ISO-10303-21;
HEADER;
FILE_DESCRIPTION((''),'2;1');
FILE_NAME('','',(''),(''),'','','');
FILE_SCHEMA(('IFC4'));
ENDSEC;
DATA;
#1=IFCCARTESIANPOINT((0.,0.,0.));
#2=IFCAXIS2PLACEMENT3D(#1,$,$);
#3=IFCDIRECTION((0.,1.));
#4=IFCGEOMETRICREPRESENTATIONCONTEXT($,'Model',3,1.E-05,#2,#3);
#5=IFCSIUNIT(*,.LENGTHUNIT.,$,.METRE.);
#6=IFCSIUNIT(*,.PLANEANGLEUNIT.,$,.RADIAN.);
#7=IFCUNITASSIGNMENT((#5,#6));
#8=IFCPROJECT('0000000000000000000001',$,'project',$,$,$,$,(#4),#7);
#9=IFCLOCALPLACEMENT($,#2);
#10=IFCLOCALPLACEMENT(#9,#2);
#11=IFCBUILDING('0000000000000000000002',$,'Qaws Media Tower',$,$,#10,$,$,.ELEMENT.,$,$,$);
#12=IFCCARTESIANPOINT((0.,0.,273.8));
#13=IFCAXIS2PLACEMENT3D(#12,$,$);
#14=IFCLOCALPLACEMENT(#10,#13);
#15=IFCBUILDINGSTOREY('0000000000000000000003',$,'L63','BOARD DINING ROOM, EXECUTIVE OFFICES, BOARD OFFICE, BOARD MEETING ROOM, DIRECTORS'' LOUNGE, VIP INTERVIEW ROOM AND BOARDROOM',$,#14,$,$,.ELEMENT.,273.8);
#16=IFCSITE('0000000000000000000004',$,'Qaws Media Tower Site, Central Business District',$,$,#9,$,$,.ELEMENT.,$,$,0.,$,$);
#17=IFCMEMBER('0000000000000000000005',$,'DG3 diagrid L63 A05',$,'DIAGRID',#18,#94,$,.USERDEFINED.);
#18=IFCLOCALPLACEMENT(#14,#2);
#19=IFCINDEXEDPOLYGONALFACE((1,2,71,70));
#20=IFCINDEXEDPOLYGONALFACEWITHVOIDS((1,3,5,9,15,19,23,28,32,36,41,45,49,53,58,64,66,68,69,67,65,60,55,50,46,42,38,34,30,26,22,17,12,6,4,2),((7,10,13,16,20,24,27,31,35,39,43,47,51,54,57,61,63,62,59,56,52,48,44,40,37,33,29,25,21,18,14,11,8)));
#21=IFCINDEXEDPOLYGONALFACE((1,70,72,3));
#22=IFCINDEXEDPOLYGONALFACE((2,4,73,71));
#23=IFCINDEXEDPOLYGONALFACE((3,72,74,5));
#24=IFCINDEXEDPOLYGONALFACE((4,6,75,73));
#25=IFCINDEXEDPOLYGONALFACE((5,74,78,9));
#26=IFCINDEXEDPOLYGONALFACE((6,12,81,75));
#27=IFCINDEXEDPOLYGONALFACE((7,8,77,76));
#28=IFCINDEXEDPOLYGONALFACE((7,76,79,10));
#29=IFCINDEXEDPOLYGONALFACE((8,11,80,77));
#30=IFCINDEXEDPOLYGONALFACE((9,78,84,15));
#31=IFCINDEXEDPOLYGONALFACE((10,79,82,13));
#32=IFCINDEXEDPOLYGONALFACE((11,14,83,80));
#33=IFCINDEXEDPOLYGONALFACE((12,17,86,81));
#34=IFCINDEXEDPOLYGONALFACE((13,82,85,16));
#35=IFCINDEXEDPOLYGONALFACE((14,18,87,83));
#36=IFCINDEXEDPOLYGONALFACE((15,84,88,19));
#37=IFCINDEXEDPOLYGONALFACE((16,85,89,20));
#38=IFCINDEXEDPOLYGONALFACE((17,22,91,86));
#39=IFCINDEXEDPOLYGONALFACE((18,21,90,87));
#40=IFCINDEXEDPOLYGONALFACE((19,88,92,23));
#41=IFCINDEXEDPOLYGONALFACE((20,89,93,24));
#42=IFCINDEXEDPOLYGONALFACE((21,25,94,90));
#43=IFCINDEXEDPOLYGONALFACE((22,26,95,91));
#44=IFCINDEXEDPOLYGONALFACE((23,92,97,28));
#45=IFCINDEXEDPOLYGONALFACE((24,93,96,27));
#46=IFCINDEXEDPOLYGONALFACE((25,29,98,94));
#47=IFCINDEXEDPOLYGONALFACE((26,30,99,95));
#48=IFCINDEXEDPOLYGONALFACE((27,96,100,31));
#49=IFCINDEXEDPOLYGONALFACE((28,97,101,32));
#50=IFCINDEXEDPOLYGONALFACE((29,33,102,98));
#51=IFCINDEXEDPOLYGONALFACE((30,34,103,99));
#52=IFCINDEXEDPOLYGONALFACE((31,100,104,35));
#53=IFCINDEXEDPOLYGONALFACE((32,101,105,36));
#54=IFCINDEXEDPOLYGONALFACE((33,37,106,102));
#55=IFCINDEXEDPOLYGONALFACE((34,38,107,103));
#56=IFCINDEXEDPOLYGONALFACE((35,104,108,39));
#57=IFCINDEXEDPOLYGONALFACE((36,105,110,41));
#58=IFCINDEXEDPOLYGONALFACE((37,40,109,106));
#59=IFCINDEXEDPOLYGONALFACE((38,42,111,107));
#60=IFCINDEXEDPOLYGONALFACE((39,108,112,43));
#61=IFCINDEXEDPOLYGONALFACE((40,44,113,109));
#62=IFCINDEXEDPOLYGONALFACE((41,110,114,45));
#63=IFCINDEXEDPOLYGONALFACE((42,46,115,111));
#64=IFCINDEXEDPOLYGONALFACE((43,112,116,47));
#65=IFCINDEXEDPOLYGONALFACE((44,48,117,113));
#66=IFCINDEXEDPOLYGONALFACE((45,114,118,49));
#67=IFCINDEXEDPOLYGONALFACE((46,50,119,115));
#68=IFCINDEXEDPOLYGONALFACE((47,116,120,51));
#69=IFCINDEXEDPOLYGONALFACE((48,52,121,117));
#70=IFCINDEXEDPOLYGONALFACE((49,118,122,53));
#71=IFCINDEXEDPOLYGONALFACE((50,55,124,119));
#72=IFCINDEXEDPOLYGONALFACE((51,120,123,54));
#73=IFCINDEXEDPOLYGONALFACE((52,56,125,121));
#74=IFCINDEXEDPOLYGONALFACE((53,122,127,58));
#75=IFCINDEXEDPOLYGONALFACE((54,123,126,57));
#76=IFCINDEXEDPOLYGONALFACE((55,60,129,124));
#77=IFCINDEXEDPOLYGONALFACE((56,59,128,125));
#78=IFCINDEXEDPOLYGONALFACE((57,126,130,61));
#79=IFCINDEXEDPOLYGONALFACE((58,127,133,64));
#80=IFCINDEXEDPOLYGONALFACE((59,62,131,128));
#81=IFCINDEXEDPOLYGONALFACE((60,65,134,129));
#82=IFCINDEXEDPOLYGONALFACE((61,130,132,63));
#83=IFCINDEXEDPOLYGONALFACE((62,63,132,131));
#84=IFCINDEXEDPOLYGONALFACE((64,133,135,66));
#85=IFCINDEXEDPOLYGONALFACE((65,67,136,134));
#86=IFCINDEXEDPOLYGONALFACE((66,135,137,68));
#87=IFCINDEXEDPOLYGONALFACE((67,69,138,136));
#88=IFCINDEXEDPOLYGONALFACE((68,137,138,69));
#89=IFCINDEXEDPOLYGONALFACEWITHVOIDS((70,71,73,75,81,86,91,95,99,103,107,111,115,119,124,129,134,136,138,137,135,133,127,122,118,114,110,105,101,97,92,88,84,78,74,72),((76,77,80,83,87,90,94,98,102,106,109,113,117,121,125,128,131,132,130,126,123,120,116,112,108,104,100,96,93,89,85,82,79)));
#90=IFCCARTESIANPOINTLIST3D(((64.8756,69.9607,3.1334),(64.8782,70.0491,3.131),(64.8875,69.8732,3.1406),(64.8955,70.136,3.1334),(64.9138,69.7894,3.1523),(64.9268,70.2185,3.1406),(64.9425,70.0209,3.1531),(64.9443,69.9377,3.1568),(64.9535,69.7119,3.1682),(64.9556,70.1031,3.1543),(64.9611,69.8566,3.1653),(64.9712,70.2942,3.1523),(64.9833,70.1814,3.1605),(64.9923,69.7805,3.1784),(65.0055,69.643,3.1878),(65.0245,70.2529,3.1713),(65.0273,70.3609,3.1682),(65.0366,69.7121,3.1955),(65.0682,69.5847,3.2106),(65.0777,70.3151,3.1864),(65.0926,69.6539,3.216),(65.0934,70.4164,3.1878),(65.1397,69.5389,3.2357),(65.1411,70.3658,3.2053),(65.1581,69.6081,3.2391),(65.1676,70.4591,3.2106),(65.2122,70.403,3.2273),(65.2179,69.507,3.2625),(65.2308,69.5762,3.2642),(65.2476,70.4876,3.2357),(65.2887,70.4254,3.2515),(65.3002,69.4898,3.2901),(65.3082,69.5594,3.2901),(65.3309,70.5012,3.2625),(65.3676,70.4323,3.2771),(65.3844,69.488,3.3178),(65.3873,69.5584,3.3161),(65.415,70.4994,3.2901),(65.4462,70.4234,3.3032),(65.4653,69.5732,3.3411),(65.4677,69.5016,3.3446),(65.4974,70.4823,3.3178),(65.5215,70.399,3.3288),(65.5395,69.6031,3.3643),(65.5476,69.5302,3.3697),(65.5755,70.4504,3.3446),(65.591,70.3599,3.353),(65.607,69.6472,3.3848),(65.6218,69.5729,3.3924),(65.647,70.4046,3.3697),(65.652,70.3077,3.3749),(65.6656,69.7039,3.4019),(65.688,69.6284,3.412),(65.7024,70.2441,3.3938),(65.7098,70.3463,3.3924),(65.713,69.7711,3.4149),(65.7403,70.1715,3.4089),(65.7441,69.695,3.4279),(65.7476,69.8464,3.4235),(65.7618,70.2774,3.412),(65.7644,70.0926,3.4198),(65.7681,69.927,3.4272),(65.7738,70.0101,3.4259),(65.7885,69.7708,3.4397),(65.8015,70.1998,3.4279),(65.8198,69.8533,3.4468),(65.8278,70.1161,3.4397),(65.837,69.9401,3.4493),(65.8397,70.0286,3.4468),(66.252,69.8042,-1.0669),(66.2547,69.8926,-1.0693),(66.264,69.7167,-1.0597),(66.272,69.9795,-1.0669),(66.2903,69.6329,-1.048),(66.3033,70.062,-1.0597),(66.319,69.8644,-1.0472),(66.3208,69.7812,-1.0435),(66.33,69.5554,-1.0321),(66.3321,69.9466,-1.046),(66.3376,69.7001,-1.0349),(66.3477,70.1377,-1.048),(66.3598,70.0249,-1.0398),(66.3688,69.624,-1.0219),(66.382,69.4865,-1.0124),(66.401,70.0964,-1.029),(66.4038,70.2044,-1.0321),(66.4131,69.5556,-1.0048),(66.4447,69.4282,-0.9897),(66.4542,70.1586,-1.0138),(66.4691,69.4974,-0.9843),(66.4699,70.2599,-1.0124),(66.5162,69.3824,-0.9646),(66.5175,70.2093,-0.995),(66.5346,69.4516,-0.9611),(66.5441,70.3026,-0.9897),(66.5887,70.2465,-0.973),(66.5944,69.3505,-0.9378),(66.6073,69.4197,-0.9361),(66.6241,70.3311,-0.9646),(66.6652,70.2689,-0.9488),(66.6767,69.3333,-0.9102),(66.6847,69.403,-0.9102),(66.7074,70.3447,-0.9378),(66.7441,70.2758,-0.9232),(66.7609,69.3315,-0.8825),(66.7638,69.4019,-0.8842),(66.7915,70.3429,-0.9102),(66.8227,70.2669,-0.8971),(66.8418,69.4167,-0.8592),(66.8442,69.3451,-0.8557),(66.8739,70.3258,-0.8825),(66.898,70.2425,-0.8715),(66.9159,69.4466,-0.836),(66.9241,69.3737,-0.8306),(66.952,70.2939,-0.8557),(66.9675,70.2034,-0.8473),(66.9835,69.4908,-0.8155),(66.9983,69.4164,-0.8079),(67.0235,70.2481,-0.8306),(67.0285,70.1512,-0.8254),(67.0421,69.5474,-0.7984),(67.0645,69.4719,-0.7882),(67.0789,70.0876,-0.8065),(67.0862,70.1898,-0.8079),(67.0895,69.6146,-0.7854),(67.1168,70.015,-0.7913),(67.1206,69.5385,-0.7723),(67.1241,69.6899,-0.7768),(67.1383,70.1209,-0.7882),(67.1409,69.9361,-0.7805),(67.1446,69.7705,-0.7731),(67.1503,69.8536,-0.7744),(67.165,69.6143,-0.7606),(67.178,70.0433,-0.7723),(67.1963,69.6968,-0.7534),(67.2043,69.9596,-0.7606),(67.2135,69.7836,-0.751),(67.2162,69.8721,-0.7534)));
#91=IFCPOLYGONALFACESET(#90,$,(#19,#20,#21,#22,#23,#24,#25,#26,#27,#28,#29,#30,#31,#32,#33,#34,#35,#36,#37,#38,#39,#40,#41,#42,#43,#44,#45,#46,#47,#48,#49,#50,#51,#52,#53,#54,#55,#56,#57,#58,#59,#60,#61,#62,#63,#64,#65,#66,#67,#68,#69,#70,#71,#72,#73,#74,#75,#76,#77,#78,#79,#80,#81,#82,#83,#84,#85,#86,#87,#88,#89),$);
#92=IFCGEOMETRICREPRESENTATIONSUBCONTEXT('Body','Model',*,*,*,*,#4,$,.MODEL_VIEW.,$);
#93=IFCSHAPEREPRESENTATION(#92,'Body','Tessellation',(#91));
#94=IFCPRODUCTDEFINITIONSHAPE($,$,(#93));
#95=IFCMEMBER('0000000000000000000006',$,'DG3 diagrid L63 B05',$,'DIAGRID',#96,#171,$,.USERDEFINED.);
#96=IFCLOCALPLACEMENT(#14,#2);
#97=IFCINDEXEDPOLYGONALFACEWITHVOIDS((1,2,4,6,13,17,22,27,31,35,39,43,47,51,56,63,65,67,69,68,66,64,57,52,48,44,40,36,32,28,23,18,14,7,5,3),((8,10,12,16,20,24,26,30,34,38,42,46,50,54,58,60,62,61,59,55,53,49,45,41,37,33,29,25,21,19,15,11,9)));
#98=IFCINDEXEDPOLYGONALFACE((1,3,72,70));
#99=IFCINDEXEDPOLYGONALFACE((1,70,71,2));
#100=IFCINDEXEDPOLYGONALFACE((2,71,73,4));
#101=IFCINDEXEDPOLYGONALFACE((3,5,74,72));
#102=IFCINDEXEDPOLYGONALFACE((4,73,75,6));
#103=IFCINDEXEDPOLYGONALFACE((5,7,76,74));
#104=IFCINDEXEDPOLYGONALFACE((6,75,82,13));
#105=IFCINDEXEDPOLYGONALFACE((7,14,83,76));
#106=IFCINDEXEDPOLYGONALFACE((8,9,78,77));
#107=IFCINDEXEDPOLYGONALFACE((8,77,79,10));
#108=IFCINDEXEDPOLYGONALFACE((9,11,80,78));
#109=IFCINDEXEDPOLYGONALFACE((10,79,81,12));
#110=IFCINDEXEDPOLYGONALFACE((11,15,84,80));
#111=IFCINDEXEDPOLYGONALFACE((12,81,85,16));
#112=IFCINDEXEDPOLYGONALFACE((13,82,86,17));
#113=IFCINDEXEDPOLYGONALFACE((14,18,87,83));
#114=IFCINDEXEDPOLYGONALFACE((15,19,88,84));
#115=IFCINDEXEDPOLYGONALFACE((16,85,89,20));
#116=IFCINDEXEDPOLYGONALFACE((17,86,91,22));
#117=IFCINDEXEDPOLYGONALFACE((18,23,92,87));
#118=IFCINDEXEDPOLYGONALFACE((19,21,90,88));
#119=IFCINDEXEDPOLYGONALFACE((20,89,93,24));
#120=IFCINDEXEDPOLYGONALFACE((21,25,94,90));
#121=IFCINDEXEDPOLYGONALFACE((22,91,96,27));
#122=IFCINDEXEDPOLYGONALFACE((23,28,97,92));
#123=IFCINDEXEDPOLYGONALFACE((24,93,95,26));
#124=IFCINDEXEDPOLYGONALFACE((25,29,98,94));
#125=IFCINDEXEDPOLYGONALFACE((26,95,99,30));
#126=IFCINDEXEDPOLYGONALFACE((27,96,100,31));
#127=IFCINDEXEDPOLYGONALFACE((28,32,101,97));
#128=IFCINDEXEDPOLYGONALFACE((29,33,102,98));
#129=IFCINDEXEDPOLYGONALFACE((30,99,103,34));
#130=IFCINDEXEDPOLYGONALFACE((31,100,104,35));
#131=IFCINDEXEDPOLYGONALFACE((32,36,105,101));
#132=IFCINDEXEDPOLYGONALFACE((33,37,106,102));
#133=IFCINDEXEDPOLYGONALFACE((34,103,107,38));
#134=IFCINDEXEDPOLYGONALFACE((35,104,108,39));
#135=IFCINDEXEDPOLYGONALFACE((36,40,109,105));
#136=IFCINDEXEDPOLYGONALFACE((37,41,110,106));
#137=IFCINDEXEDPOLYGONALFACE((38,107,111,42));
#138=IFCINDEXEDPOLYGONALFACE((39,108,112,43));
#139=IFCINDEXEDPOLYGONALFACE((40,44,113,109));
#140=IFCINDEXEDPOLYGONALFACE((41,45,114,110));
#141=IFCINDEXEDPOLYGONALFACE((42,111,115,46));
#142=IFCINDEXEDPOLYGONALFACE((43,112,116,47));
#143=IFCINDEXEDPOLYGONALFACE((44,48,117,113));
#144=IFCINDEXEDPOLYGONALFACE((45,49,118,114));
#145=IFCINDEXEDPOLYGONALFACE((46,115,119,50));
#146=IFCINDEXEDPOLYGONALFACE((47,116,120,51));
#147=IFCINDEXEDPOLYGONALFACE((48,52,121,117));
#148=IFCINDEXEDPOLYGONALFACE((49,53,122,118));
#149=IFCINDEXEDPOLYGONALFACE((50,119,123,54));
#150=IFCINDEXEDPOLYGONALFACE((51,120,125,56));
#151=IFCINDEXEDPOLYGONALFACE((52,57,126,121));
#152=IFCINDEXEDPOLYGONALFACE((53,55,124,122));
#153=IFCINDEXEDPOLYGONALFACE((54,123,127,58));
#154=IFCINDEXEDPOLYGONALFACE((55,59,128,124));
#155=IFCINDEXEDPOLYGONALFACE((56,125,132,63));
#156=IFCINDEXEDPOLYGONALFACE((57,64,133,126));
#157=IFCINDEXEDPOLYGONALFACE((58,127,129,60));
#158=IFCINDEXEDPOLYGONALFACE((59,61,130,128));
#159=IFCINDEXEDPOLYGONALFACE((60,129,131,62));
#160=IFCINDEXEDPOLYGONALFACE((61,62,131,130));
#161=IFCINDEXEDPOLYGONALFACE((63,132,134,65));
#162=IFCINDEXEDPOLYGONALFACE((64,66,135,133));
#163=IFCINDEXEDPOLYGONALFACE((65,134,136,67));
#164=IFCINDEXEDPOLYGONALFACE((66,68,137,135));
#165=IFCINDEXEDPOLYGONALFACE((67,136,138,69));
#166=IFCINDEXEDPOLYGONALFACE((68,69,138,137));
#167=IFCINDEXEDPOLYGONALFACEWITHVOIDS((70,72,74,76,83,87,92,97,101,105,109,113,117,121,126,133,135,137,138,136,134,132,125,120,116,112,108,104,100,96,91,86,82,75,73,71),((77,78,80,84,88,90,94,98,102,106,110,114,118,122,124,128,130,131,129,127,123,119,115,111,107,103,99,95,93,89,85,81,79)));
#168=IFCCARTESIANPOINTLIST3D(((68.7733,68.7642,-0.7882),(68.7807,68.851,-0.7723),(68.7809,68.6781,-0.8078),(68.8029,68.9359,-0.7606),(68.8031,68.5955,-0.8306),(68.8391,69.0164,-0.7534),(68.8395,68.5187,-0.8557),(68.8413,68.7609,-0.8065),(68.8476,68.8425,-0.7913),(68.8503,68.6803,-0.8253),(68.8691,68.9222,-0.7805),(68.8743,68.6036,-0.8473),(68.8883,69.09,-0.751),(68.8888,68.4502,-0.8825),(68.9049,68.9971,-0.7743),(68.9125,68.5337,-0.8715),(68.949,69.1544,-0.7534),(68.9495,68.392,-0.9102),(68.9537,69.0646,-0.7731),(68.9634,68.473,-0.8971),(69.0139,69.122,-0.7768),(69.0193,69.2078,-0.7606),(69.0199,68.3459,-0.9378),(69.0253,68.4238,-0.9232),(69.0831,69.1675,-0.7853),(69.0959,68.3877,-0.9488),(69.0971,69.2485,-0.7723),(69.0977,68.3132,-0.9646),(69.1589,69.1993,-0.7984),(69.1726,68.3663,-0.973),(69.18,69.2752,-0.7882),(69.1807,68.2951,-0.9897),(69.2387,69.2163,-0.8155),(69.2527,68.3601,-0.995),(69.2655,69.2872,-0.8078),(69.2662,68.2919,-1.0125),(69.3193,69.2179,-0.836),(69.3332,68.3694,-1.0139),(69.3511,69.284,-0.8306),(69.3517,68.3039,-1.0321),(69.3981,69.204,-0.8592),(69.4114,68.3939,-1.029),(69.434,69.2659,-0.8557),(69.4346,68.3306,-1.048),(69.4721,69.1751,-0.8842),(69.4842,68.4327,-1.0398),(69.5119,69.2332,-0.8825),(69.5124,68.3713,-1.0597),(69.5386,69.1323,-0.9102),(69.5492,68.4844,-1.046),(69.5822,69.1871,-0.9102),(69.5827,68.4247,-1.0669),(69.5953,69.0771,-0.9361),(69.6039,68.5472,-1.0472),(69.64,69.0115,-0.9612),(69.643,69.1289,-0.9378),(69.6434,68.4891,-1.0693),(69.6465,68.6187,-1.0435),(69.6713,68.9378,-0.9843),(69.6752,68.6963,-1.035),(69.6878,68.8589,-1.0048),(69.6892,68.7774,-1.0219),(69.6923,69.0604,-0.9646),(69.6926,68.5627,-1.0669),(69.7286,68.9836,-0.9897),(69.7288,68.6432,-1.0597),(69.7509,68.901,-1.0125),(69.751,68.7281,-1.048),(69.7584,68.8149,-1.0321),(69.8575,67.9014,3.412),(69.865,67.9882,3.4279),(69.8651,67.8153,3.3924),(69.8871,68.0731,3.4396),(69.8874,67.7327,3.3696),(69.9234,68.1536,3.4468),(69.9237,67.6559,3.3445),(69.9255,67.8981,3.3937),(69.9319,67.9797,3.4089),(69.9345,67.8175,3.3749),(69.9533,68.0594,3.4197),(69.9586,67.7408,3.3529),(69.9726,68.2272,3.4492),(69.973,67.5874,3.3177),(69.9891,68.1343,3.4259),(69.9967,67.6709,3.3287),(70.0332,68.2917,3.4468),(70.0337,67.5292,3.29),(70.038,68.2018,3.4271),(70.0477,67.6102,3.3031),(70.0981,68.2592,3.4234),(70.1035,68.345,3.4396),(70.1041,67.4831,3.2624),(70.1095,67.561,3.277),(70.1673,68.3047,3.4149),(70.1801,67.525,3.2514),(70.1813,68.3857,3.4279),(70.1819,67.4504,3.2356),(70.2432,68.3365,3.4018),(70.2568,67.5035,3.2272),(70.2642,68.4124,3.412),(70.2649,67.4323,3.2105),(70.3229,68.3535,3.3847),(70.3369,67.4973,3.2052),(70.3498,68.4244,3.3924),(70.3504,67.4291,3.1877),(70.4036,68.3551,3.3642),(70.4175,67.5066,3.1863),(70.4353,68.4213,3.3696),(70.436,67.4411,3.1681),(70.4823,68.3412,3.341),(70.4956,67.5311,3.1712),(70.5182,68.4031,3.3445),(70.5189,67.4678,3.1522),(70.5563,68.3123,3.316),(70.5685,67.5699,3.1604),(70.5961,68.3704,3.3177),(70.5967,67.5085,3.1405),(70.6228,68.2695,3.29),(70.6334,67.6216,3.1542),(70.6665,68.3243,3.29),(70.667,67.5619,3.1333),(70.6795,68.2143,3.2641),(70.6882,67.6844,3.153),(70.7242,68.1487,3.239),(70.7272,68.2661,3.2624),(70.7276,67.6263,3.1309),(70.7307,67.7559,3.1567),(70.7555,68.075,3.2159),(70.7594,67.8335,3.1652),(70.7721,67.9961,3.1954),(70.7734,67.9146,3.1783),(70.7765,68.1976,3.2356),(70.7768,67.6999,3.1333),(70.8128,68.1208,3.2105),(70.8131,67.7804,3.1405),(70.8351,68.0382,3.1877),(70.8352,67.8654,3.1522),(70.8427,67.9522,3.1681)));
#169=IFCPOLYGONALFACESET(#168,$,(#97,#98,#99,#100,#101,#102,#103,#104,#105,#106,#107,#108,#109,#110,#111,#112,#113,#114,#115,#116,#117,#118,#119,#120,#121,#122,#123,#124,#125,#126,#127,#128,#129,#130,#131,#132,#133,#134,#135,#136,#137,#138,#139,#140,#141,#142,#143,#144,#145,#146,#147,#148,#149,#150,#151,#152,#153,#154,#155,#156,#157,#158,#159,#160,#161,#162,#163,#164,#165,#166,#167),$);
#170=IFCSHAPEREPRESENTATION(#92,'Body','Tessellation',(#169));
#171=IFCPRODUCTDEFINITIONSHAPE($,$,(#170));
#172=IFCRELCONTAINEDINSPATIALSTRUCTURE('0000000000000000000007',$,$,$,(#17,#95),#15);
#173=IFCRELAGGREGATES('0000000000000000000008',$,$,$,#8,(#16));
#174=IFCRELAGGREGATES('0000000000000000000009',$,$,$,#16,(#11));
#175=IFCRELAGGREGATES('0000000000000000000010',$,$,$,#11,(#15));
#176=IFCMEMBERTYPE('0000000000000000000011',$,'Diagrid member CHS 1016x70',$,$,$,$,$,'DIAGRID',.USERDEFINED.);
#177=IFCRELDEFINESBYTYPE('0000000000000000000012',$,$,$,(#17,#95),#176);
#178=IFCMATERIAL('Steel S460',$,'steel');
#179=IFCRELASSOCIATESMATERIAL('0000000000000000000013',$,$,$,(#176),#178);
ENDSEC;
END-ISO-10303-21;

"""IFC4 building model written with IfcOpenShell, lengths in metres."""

from ifc_helpers import new_model, si_unit, direction, frame, origin, origin_2d, place, context, subcontext, project, spatial, hollow_circle, extrude, material, material_profile, profile_set, type_object, element, save


model = new_model("IFC4")

# Units and contexts
model_context = context("Model", 3, precision=1e-05, world=origin(), true_north=direction((0.0, 1.0)))
body_context = subcontext(model_context, "Body", "Model", "MODEL_VIEW")
ifc_project = project(units=[si_unit("LENGTHUNIT", "METRE"), si_unit("PLANEANGLEUNIT", "RADIAN")], contexts=[model_context])

# Site, building, storey
site_placement = place(None, origin())
site = spatial("IfcSite", under=ifc_project, at=site_placement, Name="Qaws Media Tower Site, Central Business District", CompositionType="ELEMENT", RefElevation=0.0)
building_placement = place(site_placement, origin())
building = spatial("IfcBuilding", under=site, at=building_placement, Name="Qaws Media Tower", CompositionType="ELEMENT")
storey_placement = place(building_placement, frame((0.0, 0.0, 273.8)))
storey = spatial("IfcBuildingStorey", under=building, at=storey_placement, Name="L63", Description="BOARD DINING ROOM, EXECUTIVE OFFICES, BOARD OFFICE, BOARD MEETING ROOM, DIRECTORS' LOUNGE, VIP INTERVIEW ROOM AND BOARDROOM", CompositionType="ELEMENT", Elevation=273.8)

# Members
ifc_material_1 = material(Name="Steel S460", Category="steel")
ifc_material_profile_1 = material_profile(ifc_material_1, hollow_circle(Radius=0.5081, WallThickness=0.0701, at=origin_2d()), Name="CHS 1016x70")
ifc_profile_set_1 = profile_set([ifc_material_profile_1], Name="Steel S460")
member_type_1 = type_object("IfcMemberType", Name="Diagrid member CHS 1016x70", ElementType="DIAGRID", PredefinedType="USERDEFINED", material=ifc_profile_set_1)
for number, where, z_axis, x_axis, name in (
    (1, (66.7341, 69.8381, -0.9102), (-0.311223, 0.035384, 0.949678), (-0.112965, -0.993599, 0.0), "DG3 diagrid L63 A05"),
    (2, (69.2659, 68.7896, -0.9102), (0.245142, -0.195076, 0.949658), (0.622673, 0.782482, 0.0), "DG3 diagrid L63 B05"),
):
    element("IfcMember", number, at=place(storey_placement, frame(where, z_axis=z_axis, x_axis=x_axis)), inside=storey, type_object=member_type_1, Name=name, ObjectType="DIAGRID", PredefinedType="USERDEFINED", context=body_context, shape_type="SweptSolid", body=[
        extrude(hollow_circle(Radius=0.5081, WallThickness=0.0701, at=origin_2d()), origin(), (0.0, 0.0, 1.0), 4.4229),
    ])

save(model, "model.ifc")
